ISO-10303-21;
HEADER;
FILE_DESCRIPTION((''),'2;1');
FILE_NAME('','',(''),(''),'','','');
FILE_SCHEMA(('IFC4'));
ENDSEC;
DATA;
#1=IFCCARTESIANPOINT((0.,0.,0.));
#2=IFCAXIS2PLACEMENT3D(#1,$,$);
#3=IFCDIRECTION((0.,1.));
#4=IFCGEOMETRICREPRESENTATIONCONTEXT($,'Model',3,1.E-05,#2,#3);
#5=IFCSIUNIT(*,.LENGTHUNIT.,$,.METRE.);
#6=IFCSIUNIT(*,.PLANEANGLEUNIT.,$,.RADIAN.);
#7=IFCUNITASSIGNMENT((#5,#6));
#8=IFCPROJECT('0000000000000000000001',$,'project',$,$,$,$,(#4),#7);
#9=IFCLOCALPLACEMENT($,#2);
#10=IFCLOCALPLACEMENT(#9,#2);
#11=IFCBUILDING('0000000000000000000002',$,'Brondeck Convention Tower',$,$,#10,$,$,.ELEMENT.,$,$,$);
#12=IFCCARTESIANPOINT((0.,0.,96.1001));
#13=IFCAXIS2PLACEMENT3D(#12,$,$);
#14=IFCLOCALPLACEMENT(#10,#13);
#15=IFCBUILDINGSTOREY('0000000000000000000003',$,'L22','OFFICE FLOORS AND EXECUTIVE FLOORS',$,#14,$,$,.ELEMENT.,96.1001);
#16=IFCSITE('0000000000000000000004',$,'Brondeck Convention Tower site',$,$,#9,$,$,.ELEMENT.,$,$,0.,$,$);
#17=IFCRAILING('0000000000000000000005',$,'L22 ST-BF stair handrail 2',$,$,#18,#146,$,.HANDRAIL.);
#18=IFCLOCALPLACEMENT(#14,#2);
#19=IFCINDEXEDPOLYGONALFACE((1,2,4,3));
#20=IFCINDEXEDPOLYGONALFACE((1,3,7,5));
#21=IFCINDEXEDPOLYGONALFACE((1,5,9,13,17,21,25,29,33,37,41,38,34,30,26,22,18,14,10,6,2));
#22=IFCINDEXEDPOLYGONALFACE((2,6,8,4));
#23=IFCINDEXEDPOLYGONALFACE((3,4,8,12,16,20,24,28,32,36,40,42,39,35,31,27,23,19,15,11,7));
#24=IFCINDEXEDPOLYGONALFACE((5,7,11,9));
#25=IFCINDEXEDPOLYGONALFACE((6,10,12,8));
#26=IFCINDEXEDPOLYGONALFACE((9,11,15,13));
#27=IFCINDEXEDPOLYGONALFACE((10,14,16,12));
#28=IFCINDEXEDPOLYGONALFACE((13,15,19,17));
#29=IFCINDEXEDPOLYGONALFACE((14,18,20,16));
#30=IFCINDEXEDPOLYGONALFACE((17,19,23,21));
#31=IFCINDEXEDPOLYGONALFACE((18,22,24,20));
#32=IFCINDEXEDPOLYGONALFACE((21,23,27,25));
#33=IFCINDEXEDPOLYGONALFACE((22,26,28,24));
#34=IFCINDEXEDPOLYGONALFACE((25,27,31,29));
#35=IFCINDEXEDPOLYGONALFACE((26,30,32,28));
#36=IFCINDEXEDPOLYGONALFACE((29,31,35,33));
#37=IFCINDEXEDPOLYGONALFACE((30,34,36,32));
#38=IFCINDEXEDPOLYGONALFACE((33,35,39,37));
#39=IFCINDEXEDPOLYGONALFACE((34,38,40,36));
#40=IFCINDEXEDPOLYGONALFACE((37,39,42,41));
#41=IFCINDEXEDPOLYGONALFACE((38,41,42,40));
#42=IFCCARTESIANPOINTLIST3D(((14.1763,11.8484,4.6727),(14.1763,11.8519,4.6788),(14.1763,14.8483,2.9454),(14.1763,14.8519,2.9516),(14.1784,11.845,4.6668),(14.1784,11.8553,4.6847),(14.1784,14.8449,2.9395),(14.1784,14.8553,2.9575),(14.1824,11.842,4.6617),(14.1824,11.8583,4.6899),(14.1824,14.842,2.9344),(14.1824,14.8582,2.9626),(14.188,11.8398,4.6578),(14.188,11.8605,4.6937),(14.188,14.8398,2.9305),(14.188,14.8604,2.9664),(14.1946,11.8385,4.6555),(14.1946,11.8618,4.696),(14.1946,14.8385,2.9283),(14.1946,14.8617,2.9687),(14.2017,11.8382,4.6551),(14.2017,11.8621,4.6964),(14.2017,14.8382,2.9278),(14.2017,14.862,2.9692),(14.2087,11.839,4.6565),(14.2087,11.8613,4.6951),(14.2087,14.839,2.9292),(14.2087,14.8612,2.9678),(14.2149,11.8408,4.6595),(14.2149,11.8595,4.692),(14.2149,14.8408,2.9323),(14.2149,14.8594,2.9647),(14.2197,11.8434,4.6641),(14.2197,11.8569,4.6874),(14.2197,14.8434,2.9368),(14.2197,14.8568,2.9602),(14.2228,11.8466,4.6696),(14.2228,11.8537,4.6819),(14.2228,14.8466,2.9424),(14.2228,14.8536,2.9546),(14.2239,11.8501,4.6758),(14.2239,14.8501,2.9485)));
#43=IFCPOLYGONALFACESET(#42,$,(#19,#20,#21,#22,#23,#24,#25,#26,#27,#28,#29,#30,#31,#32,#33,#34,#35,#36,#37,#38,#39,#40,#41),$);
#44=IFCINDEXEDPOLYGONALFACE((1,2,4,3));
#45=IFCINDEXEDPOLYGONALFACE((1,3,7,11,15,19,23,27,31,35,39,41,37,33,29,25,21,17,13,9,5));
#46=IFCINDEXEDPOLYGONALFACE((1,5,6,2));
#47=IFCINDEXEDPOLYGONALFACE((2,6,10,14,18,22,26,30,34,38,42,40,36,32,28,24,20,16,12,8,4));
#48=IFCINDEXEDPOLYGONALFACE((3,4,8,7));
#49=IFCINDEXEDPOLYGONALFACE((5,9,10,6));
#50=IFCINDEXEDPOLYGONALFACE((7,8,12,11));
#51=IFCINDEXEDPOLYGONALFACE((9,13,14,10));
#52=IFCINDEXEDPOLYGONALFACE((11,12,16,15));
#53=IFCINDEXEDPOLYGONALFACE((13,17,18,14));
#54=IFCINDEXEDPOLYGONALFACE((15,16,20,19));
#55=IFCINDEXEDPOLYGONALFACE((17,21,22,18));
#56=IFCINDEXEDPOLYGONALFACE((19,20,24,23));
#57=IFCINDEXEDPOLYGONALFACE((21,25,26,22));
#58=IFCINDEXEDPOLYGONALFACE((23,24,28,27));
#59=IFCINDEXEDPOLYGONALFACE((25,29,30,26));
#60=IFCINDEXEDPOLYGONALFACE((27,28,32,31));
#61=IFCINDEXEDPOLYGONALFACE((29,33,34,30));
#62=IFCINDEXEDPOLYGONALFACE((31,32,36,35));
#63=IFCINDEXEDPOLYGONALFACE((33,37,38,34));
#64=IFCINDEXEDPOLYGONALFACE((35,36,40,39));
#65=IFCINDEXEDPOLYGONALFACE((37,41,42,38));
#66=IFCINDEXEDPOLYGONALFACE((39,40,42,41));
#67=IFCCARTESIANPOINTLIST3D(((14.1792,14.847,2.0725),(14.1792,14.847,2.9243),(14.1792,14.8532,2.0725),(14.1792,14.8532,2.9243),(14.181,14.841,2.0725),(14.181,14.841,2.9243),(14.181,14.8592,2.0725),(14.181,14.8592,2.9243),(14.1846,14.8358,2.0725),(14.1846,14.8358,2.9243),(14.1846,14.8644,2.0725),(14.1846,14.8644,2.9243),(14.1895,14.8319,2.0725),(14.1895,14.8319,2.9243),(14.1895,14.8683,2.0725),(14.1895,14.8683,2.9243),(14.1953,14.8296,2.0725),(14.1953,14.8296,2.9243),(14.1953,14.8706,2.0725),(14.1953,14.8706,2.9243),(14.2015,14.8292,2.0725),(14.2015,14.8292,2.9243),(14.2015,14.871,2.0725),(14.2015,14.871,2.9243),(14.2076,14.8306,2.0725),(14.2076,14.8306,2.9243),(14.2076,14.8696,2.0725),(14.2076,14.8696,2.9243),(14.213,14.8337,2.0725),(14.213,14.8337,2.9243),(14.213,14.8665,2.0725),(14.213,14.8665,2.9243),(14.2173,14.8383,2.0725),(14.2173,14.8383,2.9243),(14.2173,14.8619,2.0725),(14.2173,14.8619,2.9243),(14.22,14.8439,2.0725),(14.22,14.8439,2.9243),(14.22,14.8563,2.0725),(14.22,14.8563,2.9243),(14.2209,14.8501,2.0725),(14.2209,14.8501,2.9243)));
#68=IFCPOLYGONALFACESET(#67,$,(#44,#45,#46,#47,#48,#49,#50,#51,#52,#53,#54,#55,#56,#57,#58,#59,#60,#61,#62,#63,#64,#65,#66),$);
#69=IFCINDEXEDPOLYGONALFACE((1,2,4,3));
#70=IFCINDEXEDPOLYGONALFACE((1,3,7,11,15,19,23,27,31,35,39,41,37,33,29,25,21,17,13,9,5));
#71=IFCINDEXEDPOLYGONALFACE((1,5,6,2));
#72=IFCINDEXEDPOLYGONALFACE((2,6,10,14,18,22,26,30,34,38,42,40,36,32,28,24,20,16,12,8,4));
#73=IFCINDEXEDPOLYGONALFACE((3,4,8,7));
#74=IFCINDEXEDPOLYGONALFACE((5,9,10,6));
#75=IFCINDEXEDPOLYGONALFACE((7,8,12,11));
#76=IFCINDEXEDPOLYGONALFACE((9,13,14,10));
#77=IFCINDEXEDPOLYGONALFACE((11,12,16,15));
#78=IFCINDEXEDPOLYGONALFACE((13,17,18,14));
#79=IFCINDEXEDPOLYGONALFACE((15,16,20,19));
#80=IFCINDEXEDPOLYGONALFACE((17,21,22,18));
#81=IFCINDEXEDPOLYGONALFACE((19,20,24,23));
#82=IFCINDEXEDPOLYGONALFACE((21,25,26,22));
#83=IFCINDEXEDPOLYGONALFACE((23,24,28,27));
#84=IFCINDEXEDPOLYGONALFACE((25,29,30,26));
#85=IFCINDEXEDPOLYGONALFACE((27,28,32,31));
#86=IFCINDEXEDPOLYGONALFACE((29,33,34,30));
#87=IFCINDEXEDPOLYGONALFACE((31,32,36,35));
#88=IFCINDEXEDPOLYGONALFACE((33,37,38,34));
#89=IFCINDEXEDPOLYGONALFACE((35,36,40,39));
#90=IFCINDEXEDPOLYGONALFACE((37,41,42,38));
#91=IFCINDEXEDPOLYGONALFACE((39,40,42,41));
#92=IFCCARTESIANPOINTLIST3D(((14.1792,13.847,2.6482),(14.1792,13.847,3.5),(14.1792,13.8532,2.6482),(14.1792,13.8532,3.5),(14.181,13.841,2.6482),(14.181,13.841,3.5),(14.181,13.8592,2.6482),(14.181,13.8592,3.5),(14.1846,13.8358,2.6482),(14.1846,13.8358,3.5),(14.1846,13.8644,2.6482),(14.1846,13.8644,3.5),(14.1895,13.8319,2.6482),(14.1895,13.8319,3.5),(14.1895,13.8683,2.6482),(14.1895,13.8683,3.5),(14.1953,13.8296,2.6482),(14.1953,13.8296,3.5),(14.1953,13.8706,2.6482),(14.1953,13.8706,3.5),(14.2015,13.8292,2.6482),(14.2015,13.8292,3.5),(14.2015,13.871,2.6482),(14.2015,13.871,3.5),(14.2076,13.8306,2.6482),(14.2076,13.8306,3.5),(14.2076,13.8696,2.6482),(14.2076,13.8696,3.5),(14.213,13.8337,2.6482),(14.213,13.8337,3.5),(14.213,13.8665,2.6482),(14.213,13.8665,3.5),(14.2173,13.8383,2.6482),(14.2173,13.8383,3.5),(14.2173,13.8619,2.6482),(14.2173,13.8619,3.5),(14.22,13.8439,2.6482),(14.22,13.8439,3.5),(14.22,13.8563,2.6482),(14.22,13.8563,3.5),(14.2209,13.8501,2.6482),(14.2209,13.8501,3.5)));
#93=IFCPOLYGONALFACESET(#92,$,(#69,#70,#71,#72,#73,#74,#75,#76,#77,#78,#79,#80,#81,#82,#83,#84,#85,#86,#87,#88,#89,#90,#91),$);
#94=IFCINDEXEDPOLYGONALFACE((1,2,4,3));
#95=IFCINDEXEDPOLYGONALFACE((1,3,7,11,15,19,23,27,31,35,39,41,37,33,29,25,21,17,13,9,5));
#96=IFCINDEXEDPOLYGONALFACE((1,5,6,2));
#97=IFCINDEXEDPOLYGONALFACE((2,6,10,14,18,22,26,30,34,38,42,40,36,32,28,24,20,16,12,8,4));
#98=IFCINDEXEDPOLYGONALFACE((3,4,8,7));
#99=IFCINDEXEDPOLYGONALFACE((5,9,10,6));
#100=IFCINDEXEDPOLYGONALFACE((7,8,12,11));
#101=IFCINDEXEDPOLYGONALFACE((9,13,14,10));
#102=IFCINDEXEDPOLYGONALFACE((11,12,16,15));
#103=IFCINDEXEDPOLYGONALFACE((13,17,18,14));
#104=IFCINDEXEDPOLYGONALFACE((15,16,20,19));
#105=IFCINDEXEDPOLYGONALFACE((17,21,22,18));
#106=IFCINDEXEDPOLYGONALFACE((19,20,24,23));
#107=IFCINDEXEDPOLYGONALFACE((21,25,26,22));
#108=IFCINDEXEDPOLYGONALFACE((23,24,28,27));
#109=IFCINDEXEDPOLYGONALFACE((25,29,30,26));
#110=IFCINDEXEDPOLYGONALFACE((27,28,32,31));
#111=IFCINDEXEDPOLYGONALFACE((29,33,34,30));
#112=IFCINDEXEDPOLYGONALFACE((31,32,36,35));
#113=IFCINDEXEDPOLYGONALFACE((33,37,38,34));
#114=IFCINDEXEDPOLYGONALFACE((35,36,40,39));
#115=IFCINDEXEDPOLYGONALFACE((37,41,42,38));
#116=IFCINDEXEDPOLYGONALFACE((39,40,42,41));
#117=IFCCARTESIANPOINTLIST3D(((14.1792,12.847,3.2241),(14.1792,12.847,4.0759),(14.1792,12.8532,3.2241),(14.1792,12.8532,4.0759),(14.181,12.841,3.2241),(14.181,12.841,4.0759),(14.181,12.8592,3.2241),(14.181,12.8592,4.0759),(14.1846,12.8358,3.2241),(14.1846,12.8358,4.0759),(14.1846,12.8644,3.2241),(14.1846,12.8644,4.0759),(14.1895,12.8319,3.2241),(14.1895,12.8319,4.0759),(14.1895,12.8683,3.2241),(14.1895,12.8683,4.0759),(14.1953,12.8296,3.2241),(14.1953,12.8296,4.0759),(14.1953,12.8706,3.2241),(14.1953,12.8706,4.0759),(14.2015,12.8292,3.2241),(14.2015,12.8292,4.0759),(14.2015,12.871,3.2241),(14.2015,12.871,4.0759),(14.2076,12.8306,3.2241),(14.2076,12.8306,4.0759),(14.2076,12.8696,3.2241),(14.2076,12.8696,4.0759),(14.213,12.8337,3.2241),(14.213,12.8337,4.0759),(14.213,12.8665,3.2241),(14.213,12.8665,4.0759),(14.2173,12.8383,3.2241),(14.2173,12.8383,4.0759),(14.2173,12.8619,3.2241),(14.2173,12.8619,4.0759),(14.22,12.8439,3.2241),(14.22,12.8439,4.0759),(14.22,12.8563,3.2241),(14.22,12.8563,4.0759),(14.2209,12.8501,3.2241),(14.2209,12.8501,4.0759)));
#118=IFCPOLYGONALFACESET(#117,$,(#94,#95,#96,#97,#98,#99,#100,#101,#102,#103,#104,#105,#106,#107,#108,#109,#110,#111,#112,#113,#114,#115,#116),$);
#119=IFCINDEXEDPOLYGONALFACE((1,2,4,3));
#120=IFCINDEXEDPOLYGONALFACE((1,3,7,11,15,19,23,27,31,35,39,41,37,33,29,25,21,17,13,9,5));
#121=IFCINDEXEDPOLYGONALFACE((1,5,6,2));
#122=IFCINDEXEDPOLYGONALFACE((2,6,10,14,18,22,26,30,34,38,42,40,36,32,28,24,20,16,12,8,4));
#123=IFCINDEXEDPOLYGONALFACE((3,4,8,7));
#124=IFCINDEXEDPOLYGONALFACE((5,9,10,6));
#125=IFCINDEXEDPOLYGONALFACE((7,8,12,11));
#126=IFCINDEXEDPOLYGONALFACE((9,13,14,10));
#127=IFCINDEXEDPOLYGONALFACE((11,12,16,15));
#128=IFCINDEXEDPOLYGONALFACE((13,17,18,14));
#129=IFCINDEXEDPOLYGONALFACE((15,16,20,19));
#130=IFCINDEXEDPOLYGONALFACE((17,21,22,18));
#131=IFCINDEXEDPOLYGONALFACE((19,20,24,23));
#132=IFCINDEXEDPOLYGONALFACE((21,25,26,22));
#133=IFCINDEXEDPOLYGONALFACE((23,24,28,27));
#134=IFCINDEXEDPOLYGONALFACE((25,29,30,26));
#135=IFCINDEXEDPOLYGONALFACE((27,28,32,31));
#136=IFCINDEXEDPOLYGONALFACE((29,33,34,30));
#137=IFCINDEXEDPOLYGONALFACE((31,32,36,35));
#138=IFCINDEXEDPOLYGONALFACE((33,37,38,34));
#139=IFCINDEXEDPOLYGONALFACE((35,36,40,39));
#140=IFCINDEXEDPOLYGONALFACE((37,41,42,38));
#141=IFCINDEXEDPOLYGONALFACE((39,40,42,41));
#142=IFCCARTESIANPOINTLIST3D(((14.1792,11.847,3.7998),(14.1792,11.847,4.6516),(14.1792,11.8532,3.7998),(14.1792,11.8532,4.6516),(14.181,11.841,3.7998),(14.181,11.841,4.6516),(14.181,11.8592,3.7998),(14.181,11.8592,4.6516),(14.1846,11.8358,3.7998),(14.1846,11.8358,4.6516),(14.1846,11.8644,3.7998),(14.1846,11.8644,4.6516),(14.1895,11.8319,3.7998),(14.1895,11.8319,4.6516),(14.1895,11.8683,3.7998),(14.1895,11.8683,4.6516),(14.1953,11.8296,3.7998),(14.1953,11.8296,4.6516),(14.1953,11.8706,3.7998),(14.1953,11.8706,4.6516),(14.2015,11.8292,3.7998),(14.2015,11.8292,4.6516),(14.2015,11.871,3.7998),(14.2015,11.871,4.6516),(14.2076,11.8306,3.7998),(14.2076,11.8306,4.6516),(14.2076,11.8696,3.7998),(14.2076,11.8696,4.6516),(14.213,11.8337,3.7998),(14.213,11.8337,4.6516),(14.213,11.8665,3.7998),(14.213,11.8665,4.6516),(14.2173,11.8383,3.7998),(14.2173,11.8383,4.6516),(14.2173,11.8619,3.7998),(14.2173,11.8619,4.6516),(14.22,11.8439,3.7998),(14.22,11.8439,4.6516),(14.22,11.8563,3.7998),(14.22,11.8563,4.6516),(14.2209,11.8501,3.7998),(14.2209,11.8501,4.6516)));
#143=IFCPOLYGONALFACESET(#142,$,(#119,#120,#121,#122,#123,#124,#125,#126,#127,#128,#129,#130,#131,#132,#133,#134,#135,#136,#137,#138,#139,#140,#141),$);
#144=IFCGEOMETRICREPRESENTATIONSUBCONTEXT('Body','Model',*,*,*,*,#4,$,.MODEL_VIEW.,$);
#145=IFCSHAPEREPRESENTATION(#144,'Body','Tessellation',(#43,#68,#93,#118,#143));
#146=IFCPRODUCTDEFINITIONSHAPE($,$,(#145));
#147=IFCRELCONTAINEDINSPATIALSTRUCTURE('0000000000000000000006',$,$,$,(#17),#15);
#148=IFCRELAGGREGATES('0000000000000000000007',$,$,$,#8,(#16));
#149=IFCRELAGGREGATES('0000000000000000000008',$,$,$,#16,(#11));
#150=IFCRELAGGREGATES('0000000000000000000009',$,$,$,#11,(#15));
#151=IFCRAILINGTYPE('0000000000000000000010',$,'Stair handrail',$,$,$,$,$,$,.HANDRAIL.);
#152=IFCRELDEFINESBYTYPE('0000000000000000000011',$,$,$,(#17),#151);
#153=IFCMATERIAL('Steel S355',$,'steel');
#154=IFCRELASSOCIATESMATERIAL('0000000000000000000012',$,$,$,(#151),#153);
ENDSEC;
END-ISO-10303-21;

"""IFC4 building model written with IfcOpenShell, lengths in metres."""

from ifc_helpers import new_model, si_unit, direction, frame, origin, origin_2d, place, context, subcontext, project, spatial, circle, extrude, material, type_object, element, save


model = new_model("IFC4")

# Units and contexts
model_context = context("Model", 3, precision=1e-05, world=origin(), true_north=direction((0.0, 1.0)))
body_context = subcontext(model_context, "Body", "Model", "MODEL_VIEW")
ifc_project = project(units=[si_unit("LENGTHUNIT", "METRE"), si_unit("PLANEANGLEUNIT", "RADIAN")], contexts=[model_context])

# Site, building, storey
site_placement = place(None, origin())
site = spatial("IfcSite", under=ifc_project, at=site_placement, Name="Brondeck Convention Tower site", CompositionType="ELEMENT", RefElevation=0.0)
building_placement = place(site_placement, origin())
building = spatial("IfcBuilding", under=site, at=building_placement, Name="Brondeck Convention Tower", CompositionType="ELEMENT")
storey_placement = place(building_placement, frame((0.0, 0.0, 96.1001)))
storey = spatial("IfcBuildingStorey", under=building, at=storey_placement, Name="L22", Description="OFFICE FLOORS AND EXECUTIVE FLOORS", CompositionType="ELEMENT", Elevation=96.1001)

# Shared definitions
ifc_material_1 = material(Name="Steel S355", Category="steel")

# Railing
railing_type_1 = type_object("IfcRailingType", Name="Stair handrail", PredefinedType="HANDRAIL", material=ifc_material_1)
railing_1_placement = place(storey_placement, frame((14.2, 14.8501, 2.0725)))
element("IfcRailing", 1, at=railing_1_placement, inside=storey, type_object=railing_type_1, Name="L22 ST-BF stair handrail 2", PredefinedType="HANDRAIL", context=body_context, shape_type="SweptSolid", body=[
    extrude(circle(Radius=0.0239, at=origin_2d()), frame((0.0, 0.0, 0.876), z_axis=(0.0, -0.86662, 0.498969), x_axis=(1.0, 0.0, 0.0)), (0.0, 0.0, 1.0), 3.4617),
    extrude(circle(Radius=0.021, at=origin_2d()), origin(), (0.0, 0.0, 1.0), 0.8518),
    extrude(circle(Radius=0.021, at=origin_2d()), frame((0.0, -1.0, 0.5757)), (0.0, 0.0, 1.0), 0.8518),
    extrude(circle(Radius=0.021, at=origin_2d()), frame((0.0, -2.0, 1.1516)), (0.0, 0.0, 1.0), 0.8518),
    extrude(circle(Radius=0.021, at=origin_2d()), frame((0.0, -3.0, 1.7273)), (0.0, 0.0, 1.0), 0.8518),
])

save(model, "model.ifc")
